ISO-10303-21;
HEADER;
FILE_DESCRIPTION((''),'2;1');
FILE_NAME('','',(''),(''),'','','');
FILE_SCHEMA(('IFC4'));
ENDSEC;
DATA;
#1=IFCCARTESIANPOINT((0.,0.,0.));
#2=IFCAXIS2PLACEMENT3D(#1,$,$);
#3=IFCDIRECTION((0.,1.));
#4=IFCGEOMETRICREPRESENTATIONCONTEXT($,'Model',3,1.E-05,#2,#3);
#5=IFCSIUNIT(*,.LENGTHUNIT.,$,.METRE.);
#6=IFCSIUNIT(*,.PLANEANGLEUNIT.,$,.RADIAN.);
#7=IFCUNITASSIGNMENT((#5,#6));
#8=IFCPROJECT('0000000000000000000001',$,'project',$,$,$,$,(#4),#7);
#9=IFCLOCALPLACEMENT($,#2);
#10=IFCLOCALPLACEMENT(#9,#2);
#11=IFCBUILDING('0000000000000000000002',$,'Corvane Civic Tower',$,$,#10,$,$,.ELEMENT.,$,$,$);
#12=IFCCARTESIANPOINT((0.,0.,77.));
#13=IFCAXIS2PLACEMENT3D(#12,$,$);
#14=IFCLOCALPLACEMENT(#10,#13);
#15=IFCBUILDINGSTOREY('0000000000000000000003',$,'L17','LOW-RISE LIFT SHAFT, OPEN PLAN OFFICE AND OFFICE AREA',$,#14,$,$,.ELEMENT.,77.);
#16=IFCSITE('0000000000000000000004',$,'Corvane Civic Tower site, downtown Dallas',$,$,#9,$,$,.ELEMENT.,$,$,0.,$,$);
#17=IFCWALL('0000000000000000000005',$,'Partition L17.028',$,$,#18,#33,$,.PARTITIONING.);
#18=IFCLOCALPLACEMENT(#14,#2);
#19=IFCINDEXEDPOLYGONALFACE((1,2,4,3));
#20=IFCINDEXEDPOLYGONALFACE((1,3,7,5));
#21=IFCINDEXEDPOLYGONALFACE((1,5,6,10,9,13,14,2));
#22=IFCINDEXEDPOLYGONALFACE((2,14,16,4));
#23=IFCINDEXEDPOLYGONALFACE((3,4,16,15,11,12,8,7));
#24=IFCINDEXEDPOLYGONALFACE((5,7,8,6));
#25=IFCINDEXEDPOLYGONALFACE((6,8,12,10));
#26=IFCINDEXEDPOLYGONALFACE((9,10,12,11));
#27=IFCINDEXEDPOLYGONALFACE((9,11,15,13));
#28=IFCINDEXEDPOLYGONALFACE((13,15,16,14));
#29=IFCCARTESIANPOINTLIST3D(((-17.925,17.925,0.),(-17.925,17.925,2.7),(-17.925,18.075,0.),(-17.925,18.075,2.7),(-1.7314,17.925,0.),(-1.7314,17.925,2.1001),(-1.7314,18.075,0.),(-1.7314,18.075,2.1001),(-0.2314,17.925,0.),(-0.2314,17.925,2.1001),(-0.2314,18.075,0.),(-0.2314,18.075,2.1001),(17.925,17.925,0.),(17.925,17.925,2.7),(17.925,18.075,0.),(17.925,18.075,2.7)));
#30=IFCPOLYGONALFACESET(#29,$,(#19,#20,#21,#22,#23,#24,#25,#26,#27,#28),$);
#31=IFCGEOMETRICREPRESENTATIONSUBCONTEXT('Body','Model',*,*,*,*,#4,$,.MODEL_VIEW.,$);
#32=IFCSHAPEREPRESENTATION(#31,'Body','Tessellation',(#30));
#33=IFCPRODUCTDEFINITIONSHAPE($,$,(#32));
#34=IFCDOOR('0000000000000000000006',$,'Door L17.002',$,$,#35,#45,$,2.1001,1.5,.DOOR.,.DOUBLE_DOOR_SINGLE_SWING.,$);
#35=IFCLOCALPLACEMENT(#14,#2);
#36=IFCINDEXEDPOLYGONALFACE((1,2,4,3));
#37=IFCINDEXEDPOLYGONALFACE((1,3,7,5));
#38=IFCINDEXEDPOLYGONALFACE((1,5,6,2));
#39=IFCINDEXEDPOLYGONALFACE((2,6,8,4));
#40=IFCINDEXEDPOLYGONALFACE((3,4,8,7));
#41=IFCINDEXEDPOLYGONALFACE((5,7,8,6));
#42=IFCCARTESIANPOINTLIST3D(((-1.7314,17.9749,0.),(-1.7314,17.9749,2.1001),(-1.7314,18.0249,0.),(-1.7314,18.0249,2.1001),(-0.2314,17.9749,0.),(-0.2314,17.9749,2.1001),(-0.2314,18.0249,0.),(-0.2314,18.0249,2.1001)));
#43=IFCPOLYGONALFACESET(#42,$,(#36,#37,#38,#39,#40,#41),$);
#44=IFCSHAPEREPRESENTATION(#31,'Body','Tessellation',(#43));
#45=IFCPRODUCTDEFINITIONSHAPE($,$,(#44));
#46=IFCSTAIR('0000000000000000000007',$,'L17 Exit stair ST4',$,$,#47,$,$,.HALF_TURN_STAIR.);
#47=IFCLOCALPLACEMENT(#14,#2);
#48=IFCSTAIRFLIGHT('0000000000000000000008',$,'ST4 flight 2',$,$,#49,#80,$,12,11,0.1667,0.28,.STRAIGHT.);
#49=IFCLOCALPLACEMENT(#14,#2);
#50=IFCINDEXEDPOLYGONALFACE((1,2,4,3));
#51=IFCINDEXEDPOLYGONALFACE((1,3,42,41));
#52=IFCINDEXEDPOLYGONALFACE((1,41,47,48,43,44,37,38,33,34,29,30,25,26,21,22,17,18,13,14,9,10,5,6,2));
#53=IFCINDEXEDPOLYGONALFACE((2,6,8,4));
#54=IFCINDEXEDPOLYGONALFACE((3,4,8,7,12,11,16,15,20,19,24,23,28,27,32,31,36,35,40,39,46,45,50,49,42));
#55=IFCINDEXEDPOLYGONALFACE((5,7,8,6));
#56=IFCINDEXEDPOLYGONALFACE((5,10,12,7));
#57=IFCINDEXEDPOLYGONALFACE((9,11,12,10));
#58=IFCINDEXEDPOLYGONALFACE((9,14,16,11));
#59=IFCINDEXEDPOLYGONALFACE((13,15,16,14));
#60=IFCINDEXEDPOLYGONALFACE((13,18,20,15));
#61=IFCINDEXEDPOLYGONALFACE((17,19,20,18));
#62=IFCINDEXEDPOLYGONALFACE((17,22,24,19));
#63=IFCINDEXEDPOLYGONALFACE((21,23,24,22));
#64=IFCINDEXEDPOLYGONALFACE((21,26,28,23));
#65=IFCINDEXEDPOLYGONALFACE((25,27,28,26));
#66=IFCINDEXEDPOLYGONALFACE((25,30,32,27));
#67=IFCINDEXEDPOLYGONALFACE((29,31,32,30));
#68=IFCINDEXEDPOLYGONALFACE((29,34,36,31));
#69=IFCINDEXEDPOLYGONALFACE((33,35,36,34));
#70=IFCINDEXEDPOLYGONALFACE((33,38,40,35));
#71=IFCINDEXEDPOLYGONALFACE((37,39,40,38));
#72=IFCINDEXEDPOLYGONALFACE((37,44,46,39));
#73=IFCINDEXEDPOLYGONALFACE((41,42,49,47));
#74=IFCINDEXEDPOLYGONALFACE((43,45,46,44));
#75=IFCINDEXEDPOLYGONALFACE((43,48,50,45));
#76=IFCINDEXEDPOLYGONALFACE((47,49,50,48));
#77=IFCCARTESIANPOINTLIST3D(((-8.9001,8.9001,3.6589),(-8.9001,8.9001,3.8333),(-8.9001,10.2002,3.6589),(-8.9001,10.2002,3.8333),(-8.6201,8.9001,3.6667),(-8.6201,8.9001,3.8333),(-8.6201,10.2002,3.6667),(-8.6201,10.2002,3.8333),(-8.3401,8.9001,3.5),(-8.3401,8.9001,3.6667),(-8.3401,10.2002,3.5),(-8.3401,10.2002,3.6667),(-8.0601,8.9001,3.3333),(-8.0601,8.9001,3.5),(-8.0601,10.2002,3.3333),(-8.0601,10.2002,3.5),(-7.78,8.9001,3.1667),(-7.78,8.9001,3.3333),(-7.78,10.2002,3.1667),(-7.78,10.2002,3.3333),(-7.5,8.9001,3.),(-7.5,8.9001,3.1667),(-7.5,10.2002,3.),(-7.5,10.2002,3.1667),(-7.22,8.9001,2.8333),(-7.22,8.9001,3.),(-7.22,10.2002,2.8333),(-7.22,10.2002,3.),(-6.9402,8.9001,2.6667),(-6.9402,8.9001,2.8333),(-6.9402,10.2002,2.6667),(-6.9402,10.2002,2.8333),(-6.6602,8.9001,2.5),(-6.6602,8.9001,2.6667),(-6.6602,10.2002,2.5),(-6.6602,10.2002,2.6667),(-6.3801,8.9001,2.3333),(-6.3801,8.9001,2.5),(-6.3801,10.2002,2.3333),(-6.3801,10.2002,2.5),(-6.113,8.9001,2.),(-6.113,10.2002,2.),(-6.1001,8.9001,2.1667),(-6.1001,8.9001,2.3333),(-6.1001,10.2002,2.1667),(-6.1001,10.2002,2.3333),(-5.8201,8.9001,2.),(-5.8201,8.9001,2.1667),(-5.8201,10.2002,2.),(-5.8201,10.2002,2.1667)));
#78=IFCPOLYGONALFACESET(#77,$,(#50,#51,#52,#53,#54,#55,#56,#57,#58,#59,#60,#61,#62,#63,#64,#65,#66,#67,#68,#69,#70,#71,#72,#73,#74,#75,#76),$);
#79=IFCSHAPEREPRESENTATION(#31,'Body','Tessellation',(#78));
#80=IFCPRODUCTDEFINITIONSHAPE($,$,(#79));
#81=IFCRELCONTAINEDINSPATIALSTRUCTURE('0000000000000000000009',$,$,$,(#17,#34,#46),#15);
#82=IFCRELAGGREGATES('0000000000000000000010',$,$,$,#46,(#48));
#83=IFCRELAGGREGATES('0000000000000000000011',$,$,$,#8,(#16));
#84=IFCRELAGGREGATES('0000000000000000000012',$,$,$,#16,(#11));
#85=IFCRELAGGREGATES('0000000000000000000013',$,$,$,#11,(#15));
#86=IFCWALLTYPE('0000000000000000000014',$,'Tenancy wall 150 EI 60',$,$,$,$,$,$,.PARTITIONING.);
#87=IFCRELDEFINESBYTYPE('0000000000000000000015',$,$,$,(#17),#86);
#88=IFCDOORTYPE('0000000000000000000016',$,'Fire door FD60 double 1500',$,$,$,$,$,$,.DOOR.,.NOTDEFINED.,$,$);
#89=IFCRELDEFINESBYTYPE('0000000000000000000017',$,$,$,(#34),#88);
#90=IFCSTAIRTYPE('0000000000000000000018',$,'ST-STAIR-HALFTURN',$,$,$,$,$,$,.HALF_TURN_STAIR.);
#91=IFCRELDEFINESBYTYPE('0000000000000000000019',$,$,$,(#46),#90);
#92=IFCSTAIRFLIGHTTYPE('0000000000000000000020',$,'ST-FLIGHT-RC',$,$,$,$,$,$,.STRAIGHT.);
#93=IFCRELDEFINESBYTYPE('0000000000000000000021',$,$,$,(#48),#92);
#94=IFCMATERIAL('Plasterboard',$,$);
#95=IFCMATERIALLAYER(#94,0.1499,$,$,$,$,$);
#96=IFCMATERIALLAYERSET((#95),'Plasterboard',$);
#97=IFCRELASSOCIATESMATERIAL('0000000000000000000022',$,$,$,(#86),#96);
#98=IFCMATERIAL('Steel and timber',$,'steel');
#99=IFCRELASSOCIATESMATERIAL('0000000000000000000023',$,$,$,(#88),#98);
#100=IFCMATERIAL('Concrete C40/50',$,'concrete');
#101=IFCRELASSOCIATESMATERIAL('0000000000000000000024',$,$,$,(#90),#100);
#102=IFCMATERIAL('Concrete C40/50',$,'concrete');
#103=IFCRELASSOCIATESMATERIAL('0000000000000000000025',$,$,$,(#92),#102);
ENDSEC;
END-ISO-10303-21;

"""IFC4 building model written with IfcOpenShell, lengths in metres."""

from ifc_helpers import new_model, si_unit, direction, frame, frame_2d, origin, place, context, subcontext, project, spatial, polyline, rectangle, outline, extrude, material, layer, layer_set, type_object, element, fill, aggregate, save


model = new_model("IFC4")

# Units and contexts
model_context = context("Model", 3, precision=1e-05, world=origin(), true_north=direction((0.0, 1.0)))
body_context = subcontext(model_context, "Body", "Model", "MODEL_VIEW")
ifc_project = project(units=[si_unit("LENGTHUNIT", "METRE"), si_unit("PLANEANGLEUNIT", "RADIAN")], contexts=[model_context])

# Site, building, storey
site_placement = place(None, origin())
site = spatial("IfcSite", under=ifc_project, at=site_placement, Name="Corvane Civic Tower site, downtown Dallas", CompositionType="ELEMENT", RefElevation=0.0)
building_placement = place(site_placement, origin())
building = spatial("IfcBuilding", under=site, at=building_placement, Name="Corvane Civic Tower", CompositionType="ELEMENT")
storey_placement = place(building_placement, frame((0.0, 0.0, 77.0)))
storey = spatial("IfcBuildingStorey", under=building, at=storey_placement, Name="L17", Description="LOW-RISE LIFT SHAFT, OPEN PLAN OFFICE AND OFFICE AREA", CompositionType="ELEMENT", Elevation=77.0)

# Wall, opening, door
ifc_material_1 = material(Name="Plasterboard")
ifc_layer_1 = layer(ifc_material_1, 0.1499)
ifc_layer_set_1 = layer_set([ifc_layer_1], Name="Plasterboard")
wall_type_1 = type_object("IfcWallType", Name="Tenancy wall 150 EI 60", PredefinedType="PARTITIONING", material=ifc_layer_set_1)
wall_1_placement = place(storey_placement, frame((-17.925, 18.0, 0.0), z_axis=(0.0, 0.0, 1.0), x_axis=(1.0, 0.0, 0.0)))
wall_1 = element("IfcWall", 1, at=wall_1_placement, inside=storey, type_object=wall_type_1, Name="Partition L17.028", PredefinedType="PARTITIONING", context=body_context, shape_type="SweptSolid", body=[
    extrude(rectangle(XDim=35.8501, YDim=0.1499, at=frame_2d((17.925, 0.0))), origin(), (0.0, 0.0, 1.0), 2.7),
])
opening_1_placement = place(wall_1_placement, frame((16.1936, 0.0, 0.0)))
opening_1 = element("IfcOpeningElement", 2, at=opening_1_placement, cuts=wall_1, PredefinedType="OPENING", context=body_context, shape_type="SweptSolid", body=[
    extrude(rectangle(XDim=1.5, YDim=2.1001, at=frame_2d((0.75, 1.05))), frame((0.0, 0.085, 0.0), z_axis=(0.0, -1.0, 0.0), x_axis=(1.0, 0.0, 0.0)), (0.0, 0.0, 1.0), 0.1699),
])
ifc_material_2 = material(Name="Steel and timber", Category="steel")
door_type_1 = type_object("IfcDoorType", Name="Fire door FD60 double 1500", OperationType="NOTDEFINED", PredefinedType="DOOR", material=ifc_material_2)
door_1_placement = place(opening_1_placement, origin())
door_1 = element("IfcDoor", 3, at=door_1_placement, inside=storey, type_object=door_type_1, Name="Door L17.002", OperationType="DOUBLE_DOOR_SINGLE_SWING", OverallHeight=2.1001, OverallWidth=1.5, PredefinedType="DOOR", context=body_context, shape_type="SweptSolid", body=[
    extrude(rectangle(XDim=1.5, YDim=2.1001, at=frame_2d((0.75, 1.05))), frame((0.0, 0.0249, 0.0), z_axis=(0.0, -1.0, 0.0), x_axis=(1.0, 0.0, 0.0)), (0.0, 0.0, 1.0), 0.05),
])
fill(opening_1, door_1)

# Stair, stair flight
ifc_material_3 = material(Name="Concrete C40/50", Category="concrete")
stair_type = type_object("IfcStairType", Name="ST-STAIR-HALFTURN", PredefinedType="HALF_TURN_STAIR", material=ifc_material_3)
stair_placement = place(storey_placement, origin())
stair = element("IfcStair", 4, at=stair_placement, inside=storey, type_object=stair_type, Name="L17 Exit stair ST4", PredefinedType="HALF_TURN_STAIR")
ifc_material_4 = material(Name="Concrete C40/50", Category="concrete")
stair_flight_type = type_object("IfcStairFlightType", Name="ST-FLIGHT-RC", PredefinedType="STRAIGHT", material=ifc_material_4)
stair_flight_placement = place(storey_placement, frame((-5.8201, 9.55, 2.0), z_axis=(0.0, 0.0, 1.0), x_axis=(-1.0, 0.0, 0.0)))
stair_flight = element("IfcStairFlight", 5, at=stair_flight_placement, type_object=stair_flight_type, Name="ST4 flight 2", NumberOfRisers=12, NumberOfTreads=11, PredefinedType="STRAIGHT", RiserHeight=0.1667, TreadLength=0.28, context=body_context, shape_type="SweptSolid", body=[
    extrude(outline(polyline([(0.0, 0.0), (0.0, 0.1667), (0.28, 0.1667), (0.28, 0.3333), (0.5601, 0.3333), (0.5601, 0.5), (0.8401, 0.5), (0.8401, 0.6667), (1.1201, 0.6667), (1.1201, 0.8333), (1.3999, 0.8333), (1.3999, 1.0), (1.6799, 1.0), (1.6799, 1.1667), (1.96, 1.1667), (1.96, 1.3333), (2.24, 1.3333), (2.24, 1.5), (2.52, 1.5), (2.52, 1.6667), (2.8, 1.6667), (2.8, 1.8333), (3.0801, 1.8333), (3.0801, 2.0), (3.0801, 1.6589), (0.293, 0.0), (0.0, 0.0)])), frame((0.0, 0.6499, 0.0), z_axis=(0.0, -1.0, 0.0), x_axis=(1.0, 0.0, 0.0)), (0.0, 0.0, 1.0), 1.3),
])
aggregate(stair, [stair_flight])

save(model, "model.ifc")
